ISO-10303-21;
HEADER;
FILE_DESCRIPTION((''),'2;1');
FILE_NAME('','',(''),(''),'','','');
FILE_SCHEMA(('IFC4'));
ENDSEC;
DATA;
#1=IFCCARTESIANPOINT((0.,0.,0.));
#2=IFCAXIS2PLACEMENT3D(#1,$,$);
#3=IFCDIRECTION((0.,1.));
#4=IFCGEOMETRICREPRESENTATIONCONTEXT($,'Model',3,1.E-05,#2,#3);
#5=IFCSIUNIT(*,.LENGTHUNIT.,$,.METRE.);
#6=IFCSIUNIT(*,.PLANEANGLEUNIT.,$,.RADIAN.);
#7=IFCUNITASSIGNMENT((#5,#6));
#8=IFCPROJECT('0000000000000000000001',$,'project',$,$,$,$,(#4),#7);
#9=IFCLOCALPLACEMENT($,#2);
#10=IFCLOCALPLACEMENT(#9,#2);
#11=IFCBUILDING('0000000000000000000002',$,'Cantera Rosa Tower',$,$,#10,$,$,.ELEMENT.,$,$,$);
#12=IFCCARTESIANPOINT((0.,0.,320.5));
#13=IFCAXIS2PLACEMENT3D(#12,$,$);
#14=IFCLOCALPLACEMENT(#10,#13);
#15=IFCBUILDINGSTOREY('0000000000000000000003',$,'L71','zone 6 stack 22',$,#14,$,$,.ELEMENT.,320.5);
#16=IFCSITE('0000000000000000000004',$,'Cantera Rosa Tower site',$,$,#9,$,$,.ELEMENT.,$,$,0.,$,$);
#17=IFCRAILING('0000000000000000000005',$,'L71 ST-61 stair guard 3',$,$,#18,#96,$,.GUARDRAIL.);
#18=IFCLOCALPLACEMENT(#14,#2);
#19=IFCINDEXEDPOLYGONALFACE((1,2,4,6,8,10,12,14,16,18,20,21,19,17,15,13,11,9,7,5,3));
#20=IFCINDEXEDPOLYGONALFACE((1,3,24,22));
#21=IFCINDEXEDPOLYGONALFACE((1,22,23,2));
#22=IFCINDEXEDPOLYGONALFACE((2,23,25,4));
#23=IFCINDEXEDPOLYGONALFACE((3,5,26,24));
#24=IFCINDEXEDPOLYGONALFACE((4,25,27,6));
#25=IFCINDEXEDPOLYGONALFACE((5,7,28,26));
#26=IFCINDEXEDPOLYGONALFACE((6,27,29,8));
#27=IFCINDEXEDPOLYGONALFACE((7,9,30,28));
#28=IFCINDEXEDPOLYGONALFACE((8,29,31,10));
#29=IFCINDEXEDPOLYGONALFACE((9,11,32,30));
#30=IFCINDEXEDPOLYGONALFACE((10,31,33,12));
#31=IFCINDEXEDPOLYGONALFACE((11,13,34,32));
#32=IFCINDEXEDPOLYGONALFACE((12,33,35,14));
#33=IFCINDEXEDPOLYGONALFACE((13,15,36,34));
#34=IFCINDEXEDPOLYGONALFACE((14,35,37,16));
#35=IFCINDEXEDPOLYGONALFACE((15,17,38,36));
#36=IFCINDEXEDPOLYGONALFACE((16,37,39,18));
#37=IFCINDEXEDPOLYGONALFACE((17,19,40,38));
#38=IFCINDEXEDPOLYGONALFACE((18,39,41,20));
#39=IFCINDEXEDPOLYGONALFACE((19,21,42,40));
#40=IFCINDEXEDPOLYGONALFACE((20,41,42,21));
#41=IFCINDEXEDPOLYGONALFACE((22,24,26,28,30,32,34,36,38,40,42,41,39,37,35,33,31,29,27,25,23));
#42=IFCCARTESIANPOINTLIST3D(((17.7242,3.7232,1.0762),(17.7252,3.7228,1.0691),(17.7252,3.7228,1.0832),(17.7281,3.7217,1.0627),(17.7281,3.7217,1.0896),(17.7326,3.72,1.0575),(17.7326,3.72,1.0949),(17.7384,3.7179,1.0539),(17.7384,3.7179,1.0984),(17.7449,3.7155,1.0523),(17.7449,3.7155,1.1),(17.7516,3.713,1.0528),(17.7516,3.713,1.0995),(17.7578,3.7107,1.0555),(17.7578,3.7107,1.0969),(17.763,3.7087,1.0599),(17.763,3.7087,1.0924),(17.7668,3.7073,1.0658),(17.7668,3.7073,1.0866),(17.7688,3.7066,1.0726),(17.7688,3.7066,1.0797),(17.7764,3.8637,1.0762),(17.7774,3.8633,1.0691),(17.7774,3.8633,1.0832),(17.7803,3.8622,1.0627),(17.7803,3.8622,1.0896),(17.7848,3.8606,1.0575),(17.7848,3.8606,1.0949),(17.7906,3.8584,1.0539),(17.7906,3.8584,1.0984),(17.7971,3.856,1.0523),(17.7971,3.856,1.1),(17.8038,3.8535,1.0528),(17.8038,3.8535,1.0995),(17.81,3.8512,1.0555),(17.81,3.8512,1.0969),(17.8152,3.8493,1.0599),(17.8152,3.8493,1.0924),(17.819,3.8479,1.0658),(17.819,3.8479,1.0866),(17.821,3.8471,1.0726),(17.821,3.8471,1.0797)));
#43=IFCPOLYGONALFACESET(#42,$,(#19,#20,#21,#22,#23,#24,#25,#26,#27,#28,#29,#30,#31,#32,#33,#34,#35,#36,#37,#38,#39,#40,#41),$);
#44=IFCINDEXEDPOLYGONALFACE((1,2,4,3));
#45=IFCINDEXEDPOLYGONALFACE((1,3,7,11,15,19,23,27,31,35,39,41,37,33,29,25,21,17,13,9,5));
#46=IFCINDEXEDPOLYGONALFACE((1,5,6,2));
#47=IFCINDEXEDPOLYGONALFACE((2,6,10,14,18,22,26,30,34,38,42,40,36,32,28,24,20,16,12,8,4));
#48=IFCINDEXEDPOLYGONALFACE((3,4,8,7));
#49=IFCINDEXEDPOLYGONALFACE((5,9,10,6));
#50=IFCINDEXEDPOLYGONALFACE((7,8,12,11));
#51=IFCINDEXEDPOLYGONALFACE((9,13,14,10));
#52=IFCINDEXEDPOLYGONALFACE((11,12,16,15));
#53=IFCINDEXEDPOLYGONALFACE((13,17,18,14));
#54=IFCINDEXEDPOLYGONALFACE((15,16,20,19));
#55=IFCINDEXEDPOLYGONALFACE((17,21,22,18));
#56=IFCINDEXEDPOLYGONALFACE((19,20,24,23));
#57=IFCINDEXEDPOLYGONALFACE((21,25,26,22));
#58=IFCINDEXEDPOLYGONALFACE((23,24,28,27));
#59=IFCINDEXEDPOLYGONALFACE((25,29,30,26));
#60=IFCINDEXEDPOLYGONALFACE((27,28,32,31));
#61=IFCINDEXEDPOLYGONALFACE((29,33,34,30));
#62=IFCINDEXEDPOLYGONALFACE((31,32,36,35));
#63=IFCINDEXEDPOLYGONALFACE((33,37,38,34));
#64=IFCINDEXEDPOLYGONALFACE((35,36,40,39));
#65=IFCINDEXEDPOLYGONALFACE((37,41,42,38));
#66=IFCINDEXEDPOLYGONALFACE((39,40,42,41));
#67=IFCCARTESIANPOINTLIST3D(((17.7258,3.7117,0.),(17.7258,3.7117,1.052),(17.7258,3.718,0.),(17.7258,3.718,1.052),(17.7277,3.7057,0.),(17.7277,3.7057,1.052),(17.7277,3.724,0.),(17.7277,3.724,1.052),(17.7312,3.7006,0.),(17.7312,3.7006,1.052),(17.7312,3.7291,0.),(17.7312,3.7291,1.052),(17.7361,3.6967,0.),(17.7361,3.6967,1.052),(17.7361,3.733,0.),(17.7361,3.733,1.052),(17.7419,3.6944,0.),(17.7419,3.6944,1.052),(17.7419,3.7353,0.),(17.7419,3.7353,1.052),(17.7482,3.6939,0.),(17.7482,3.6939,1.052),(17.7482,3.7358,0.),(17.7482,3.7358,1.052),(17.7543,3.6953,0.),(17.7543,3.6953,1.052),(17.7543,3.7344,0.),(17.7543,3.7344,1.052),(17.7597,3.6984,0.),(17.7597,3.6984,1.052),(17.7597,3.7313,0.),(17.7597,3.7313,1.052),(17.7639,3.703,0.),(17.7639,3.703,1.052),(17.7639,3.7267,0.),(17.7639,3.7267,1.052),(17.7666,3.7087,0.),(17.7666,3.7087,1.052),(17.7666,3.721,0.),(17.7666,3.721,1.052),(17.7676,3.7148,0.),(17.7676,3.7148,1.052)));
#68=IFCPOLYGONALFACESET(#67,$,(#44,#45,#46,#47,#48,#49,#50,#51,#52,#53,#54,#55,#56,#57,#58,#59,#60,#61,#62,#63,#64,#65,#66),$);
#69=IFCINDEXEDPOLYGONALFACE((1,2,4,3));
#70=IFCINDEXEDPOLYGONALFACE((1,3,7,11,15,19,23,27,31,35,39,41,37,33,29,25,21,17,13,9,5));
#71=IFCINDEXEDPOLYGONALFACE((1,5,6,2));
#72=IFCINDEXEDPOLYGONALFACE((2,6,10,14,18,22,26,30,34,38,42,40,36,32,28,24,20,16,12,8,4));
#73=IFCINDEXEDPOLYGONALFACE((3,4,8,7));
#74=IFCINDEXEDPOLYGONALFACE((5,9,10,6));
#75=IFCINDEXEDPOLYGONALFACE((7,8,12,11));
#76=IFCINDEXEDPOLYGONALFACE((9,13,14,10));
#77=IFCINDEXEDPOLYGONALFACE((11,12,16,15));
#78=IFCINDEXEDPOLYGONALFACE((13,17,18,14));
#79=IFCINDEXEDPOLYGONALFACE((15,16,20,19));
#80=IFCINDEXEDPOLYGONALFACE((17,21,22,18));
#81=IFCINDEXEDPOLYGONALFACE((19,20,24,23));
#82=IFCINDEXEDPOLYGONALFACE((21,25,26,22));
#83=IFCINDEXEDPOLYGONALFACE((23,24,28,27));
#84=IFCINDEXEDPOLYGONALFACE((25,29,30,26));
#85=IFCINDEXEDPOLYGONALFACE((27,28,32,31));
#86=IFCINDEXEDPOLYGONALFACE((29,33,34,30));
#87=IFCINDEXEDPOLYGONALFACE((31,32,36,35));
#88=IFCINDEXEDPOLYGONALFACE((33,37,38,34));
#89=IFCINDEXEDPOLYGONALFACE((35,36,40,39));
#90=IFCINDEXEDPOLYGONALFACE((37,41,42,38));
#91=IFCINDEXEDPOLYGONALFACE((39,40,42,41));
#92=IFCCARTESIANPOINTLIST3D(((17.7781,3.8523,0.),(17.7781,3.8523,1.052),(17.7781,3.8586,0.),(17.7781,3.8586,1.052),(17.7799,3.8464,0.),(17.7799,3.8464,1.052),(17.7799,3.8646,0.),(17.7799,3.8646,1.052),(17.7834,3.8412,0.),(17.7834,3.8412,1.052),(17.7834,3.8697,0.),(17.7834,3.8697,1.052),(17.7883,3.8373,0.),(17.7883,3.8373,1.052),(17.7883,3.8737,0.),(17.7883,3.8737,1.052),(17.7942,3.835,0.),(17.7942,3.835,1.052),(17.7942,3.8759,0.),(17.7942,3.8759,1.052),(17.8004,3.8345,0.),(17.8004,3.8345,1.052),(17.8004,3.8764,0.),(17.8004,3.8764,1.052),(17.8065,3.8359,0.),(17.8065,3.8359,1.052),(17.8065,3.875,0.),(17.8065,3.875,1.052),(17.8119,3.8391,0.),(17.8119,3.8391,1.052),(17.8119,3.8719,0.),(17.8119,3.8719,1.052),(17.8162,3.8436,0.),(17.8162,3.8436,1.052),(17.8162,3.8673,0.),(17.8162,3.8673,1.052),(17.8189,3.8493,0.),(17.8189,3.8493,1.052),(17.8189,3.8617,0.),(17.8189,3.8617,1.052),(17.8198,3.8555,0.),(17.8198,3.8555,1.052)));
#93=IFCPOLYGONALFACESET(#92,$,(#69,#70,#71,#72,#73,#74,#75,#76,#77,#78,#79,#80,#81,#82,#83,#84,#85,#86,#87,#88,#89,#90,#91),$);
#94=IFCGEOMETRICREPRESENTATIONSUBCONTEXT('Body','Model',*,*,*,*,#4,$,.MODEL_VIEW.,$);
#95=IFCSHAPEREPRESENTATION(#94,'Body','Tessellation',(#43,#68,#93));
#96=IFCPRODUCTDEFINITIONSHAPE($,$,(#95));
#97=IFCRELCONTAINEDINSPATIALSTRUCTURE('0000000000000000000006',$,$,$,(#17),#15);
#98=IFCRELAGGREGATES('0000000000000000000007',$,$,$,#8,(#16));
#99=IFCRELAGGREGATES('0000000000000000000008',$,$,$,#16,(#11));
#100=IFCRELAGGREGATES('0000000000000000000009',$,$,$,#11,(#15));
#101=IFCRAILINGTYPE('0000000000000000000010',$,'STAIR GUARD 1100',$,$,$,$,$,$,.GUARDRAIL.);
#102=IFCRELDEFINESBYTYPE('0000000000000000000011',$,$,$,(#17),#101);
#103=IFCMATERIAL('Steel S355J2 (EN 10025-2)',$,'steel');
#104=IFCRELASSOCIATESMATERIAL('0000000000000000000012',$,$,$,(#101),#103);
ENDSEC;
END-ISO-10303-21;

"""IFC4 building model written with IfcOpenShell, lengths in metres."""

from ifc_helpers import new_model, si_unit, direction, frame, origin, origin_2d, place, context, subcontext, project, spatial, circle, extrude, material, type_object, element, save


model = new_model("IFC4")

# Units and contexts
model_context = context("Model", 3, precision=1e-05, world=origin(), true_north=direction((0.0, 1.0)))
body_context = subcontext(model_context, "Body", "Model", "MODEL_VIEW")
ifc_project = project(units=[si_unit("LENGTHUNIT", "METRE"), si_unit("PLANEANGLEUNIT", "RADIAN")], contexts=[model_context])

# Site, building, storey
site_placement = place(None, origin())
site = spatial("IfcSite", under=ifc_project, at=site_placement, Name="Cantera Rosa Tower site", CompositionType="ELEMENT", RefElevation=0.0)
building_placement = place(site_placement, origin())
building = spatial("IfcBuilding", under=site, at=building_placement, Name="Cantera Rosa Tower", CompositionType="ELEMENT")
storey_placement = place(building_placement, frame((0.0, 0.0, 320.5)))
storey = spatial("IfcBuildingStorey", under=building, at=storey_placement, Name="L71", Description="zone 6 stack 22", CompositionType="ELEMENT", Elevation=320.5)

# Railing
ifc_material_1 = material(Name="Steel S355J2 (EN 10025-2)", Category="steel")
railing_type_1 = type_object("IfcRailingType", Name="STAIR GUARD 1100", PredefinedType="GUARDRAIL", material=ifc_material_1)
railing_1_placement = place(storey_placement, frame((17.7466, 3.7148, 0.0)))
element("IfcRailing", 1, at=railing_1_placement, inside=storey, type_object=railing_type_1, Name="L71 ST-61 stair guard 3", PredefinedType="GUARDRAIL", context=body_context, shape_type="SweptSolid", body=[
    extrude(circle(Radius=0.0239, at=origin_2d()), frame((0.0, 0.0, 1.0762), z_axis=(0.348268, 0.937395, 0.0), x_axis=(-0.937395, 0.348268, 0.0)), (0.0, 0.0, 1.0), 0.1499),
    extrude(circle(Radius=0.021, at=origin_2d()), origin(), (0.0, 0.0, 1.0), 1.052),
    extrude(circle(Radius=0.021, at=origin_2d()), frame((0.0522, 0.1406, 0.0)), (0.0, 0.0, 1.0), 1.052),
])

save(model, "model.ifc")
